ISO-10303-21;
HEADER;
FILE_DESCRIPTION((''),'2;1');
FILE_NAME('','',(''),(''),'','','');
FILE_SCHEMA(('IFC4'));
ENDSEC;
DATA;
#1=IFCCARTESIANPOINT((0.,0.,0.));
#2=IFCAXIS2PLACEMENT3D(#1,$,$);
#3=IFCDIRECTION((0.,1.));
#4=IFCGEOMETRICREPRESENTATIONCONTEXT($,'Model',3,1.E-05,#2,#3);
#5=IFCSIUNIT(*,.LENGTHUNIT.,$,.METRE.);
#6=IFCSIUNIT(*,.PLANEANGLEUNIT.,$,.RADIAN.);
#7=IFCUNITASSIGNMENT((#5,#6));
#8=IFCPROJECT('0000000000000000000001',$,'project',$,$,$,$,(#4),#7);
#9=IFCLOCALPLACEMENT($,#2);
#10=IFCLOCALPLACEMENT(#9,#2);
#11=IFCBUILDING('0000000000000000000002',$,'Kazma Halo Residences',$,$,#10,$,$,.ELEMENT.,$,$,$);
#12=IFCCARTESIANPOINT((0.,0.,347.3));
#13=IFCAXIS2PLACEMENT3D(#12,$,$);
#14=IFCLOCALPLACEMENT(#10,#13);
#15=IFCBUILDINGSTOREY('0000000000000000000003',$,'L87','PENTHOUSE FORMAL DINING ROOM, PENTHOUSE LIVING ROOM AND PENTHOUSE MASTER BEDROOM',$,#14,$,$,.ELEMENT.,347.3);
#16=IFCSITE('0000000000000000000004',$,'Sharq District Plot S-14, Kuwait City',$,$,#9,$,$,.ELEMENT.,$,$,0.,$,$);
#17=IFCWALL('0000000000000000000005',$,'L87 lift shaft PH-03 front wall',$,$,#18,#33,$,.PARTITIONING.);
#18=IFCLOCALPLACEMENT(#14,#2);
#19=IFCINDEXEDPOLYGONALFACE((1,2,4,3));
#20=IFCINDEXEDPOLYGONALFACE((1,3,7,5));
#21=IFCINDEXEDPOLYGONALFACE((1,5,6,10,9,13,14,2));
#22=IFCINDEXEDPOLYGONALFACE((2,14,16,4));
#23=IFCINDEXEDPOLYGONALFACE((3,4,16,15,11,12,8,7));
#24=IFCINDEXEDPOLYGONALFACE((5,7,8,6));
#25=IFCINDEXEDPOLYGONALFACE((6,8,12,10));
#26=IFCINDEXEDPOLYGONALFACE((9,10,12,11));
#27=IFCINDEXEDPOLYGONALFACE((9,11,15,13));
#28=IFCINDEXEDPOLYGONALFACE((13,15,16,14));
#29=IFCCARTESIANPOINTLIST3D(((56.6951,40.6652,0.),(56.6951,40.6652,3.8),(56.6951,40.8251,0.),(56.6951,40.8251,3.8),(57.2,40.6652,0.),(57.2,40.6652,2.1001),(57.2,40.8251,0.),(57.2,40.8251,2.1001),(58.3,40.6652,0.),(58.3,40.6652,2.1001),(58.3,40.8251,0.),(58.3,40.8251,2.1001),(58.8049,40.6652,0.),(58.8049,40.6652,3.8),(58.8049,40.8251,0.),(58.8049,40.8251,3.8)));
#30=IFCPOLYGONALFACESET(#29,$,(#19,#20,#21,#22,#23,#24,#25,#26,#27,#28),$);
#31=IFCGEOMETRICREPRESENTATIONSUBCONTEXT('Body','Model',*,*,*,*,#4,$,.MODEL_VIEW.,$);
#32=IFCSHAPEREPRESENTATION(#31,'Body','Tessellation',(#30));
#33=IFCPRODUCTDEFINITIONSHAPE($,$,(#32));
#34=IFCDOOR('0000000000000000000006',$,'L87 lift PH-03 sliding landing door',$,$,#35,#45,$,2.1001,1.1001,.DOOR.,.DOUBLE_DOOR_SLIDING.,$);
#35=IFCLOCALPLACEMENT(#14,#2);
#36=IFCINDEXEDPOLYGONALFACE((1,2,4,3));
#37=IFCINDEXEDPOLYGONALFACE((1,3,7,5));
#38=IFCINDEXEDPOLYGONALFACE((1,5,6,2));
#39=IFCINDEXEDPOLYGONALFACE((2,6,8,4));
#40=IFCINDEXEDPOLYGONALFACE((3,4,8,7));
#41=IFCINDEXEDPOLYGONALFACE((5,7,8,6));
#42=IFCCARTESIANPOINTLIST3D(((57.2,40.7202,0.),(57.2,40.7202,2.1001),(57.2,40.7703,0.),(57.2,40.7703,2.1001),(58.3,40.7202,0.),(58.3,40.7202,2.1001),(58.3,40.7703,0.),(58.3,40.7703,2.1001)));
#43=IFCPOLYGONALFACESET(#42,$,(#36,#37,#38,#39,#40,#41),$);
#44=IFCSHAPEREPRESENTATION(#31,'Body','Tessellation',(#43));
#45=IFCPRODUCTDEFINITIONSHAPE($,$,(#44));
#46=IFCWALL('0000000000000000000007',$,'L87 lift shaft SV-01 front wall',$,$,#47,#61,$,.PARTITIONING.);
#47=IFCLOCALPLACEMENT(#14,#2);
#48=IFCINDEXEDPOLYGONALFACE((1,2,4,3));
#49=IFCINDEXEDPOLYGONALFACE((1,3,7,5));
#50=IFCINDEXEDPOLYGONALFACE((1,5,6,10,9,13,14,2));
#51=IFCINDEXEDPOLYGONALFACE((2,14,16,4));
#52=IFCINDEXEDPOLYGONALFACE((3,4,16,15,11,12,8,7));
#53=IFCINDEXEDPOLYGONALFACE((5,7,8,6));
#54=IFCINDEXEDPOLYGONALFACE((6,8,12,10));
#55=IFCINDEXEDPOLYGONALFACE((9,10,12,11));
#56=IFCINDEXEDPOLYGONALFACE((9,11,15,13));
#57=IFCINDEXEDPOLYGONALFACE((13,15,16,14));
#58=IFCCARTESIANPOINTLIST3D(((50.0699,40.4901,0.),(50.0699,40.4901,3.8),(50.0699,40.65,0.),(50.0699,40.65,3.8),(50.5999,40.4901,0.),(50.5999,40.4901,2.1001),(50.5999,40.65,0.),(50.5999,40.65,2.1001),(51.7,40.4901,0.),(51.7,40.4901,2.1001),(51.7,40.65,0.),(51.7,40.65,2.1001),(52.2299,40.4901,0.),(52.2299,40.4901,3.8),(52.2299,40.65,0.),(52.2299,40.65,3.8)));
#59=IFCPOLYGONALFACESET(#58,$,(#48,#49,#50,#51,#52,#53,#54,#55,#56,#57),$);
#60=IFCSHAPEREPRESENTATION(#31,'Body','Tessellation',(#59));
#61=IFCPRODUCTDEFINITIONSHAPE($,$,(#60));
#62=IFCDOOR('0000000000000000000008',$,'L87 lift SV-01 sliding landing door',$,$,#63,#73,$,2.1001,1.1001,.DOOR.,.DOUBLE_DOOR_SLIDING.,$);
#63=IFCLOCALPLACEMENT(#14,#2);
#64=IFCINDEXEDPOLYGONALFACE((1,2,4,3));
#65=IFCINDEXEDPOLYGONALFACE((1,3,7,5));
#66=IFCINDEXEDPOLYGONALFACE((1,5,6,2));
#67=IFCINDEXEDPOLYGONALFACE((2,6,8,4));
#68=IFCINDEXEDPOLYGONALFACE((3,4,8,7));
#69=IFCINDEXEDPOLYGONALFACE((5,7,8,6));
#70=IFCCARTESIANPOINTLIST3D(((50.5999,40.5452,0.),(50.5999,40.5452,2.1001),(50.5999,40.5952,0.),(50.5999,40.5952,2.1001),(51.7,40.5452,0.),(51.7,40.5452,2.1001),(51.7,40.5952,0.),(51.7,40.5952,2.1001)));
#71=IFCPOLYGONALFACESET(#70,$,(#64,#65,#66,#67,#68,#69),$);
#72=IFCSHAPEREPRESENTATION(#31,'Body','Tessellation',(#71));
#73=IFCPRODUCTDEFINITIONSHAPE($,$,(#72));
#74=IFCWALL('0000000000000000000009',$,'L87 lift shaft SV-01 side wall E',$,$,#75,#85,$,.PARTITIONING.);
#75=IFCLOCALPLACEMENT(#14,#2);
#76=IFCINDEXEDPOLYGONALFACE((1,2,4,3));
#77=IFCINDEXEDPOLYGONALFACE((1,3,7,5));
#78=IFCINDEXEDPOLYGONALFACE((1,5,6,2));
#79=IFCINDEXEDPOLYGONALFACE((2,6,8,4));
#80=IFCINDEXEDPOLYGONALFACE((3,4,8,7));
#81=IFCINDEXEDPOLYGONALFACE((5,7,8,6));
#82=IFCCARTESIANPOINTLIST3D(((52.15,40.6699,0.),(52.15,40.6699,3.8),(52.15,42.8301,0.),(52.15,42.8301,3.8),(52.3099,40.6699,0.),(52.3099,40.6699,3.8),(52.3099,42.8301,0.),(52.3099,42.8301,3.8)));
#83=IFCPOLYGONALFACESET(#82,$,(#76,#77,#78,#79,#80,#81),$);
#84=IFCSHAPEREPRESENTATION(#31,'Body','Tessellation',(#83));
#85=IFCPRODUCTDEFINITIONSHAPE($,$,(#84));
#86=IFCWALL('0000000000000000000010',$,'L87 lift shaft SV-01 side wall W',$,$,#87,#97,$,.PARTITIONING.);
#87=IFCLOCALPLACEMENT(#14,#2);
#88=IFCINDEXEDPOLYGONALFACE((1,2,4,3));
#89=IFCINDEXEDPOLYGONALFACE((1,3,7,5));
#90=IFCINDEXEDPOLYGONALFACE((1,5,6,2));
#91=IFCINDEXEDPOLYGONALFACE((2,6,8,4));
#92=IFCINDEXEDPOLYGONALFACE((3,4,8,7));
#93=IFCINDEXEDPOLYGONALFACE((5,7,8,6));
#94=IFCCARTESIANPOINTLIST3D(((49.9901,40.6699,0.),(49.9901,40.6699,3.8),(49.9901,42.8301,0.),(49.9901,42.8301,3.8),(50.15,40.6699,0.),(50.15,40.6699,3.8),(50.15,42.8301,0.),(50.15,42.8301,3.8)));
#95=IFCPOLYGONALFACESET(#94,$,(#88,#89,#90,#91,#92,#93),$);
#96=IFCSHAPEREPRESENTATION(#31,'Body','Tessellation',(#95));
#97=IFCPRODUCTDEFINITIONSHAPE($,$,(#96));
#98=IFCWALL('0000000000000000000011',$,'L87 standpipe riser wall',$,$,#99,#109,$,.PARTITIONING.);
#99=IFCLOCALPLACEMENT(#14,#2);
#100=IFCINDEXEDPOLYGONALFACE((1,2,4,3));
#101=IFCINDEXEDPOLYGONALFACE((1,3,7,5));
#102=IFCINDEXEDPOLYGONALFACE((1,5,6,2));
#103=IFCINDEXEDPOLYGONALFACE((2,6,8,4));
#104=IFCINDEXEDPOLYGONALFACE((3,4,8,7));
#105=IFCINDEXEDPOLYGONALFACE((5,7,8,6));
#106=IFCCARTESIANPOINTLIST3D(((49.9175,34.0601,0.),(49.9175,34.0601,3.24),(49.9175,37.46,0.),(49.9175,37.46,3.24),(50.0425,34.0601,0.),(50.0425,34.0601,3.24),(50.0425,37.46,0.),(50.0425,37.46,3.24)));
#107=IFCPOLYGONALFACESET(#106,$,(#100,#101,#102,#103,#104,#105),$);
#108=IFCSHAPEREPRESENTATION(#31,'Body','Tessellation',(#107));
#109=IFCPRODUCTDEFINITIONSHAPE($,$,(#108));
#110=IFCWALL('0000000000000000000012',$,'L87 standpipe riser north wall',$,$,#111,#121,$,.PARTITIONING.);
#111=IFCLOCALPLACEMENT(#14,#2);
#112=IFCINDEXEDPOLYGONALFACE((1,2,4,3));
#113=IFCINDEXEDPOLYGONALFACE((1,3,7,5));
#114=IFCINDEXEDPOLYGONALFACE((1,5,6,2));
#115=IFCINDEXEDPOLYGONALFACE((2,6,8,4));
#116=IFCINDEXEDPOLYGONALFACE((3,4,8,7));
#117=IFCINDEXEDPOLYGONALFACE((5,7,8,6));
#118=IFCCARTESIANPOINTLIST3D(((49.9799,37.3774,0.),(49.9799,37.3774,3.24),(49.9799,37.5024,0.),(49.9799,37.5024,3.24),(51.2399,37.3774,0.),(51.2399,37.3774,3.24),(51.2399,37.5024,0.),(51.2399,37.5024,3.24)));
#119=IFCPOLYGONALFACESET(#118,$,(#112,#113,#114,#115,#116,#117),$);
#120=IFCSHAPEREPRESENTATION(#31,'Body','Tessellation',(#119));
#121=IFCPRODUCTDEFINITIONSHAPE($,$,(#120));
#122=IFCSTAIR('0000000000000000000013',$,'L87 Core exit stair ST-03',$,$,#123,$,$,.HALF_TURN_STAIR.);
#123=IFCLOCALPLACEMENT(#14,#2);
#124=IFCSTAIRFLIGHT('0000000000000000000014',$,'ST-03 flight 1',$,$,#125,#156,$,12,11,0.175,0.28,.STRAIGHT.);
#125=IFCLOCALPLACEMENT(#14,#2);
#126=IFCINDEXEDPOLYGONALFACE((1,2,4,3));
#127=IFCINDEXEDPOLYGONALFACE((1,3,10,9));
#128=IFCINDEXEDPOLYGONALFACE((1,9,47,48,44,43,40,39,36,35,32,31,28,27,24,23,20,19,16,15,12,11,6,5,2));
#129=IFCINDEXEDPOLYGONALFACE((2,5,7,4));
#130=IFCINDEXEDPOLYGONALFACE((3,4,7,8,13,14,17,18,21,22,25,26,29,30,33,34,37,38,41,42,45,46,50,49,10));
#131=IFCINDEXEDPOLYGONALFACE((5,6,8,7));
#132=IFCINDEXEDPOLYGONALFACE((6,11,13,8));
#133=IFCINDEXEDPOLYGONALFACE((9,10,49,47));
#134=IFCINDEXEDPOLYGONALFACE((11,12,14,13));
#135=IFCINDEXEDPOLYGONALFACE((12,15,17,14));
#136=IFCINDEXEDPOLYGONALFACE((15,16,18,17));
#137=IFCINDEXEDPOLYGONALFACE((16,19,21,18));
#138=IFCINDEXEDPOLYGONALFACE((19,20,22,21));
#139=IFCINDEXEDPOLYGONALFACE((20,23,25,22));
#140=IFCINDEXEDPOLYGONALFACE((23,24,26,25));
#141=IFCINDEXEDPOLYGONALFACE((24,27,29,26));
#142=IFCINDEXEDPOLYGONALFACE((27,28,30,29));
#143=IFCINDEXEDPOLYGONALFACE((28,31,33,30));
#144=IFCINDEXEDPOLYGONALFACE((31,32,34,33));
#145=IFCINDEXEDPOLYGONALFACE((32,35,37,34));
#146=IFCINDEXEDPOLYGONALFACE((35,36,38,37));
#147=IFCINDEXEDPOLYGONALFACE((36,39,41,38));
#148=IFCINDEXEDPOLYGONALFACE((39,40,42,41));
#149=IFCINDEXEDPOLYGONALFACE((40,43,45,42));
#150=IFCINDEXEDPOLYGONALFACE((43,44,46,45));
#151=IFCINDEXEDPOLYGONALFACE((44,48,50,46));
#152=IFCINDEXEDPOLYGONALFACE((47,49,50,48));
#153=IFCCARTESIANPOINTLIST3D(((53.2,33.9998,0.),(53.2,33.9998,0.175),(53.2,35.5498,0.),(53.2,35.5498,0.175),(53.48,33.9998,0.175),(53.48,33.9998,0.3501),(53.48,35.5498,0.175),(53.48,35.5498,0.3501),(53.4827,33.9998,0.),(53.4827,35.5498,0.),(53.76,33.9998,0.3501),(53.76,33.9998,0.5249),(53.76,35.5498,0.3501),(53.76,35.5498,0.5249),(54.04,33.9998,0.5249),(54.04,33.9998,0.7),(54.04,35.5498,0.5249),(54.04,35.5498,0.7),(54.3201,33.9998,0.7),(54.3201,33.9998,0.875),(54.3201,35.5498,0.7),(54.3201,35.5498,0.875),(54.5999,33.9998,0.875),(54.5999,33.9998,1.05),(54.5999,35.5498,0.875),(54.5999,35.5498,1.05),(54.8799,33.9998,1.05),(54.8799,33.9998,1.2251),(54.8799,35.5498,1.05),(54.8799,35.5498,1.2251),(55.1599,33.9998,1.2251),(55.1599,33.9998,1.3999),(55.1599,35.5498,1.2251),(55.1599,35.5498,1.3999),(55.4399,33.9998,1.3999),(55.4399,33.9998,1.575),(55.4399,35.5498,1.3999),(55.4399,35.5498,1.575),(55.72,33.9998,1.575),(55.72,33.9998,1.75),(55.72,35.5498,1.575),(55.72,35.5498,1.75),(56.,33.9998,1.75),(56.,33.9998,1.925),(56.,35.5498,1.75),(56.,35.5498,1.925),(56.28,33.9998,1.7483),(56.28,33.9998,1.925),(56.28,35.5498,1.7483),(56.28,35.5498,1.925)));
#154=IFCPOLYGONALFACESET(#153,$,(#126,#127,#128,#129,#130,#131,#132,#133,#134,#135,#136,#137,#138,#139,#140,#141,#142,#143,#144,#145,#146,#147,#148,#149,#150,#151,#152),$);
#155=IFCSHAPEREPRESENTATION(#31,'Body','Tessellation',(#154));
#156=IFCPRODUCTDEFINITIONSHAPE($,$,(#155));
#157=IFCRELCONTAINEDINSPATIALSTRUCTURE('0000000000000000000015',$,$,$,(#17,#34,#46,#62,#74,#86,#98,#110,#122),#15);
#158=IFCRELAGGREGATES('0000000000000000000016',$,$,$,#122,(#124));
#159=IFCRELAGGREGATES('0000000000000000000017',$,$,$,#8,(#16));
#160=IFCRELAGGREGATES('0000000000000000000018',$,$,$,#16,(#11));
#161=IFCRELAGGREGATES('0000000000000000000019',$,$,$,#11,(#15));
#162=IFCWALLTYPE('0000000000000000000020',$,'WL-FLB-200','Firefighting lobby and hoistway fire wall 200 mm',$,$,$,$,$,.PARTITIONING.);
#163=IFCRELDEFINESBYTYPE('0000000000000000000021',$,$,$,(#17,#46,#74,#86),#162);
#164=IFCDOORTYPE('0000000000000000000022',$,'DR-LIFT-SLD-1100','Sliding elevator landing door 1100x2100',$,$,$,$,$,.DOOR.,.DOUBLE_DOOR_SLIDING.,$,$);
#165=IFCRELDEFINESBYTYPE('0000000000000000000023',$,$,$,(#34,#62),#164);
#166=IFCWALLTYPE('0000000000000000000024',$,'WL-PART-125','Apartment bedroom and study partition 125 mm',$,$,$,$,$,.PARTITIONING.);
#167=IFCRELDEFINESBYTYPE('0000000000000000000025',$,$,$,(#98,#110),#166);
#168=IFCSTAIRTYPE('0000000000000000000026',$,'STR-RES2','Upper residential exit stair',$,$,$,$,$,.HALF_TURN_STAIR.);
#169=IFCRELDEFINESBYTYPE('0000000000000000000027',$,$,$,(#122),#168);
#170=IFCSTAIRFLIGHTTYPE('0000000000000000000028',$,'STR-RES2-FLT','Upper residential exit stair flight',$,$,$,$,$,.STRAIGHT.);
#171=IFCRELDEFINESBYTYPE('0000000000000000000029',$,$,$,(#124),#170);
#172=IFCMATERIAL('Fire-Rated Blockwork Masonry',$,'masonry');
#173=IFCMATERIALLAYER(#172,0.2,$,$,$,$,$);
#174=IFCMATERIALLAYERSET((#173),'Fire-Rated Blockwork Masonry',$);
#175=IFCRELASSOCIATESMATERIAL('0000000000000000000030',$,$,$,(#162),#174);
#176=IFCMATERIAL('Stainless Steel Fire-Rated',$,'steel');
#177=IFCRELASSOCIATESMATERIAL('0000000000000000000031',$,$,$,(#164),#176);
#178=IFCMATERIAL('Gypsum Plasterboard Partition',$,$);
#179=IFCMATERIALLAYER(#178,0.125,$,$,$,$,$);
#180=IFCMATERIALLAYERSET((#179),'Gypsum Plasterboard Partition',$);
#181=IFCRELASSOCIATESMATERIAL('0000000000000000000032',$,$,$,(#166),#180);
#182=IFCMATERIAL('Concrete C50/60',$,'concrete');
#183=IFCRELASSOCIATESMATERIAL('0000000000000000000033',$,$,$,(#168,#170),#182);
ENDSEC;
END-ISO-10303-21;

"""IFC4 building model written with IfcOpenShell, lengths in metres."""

from ifc_helpers import new_model, si_unit, direction, frame, frame_2d, origin, place, context, subcontext, project, spatial, polyline, rectangle, outline, extrude, material, layer, layer_set, type_object, element, fill, aggregate, save


model = new_model("IFC4")

# Units and contexts
model_context = context("Model", 3, precision=1e-05, world=origin(), true_north=direction((0.0, 1.0)))
body_context = subcontext(model_context, "Body", "Model", "MODEL_VIEW")
ifc_project = project(units=[si_unit("LENGTHUNIT", "METRE"), si_unit("PLANEANGLEUNIT", "RADIAN")], contexts=[model_context])

# Site, building, storey
site_placement = place(None, origin())
site = spatial("IfcSite", under=ifc_project, at=site_placement, Name="Sharq District Plot S-14, Kuwait City", CompositionType="ELEMENT", RefElevation=0.0)
building_placement = place(site_placement, origin())
building = spatial("IfcBuilding", under=site, at=building_placement, Name="Kazma Halo Residences", CompositionType="ELEMENT")
storey_placement = place(building_placement, frame((0.0, 0.0, 347.3)))
storey = spatial("IfcBuildingStorey", under=building, at=storey_placement, Name="L87", Description="PENTHOUSE FORMAL DINING ROOM, PENTHOUSE LIVING ROOM AND PENTHOUSE MASTER BEDROOM", CompositionType="ELEMENT", Elevation=347.3)

# Shared definitions
ifc_material_1 = material(Name="Fire-Rated Blockwork Masonry", Category="masonry")
ifc_layer_1 = layer(ifc_material_1, 0.2)
ifc_layer_set_1 = layer_set([ifc_layer_1], Name="Fire-Rated Blockwork Masonry")
wall_type_1 = type_object("IfcWallType", Name="WL-FLB-200", Description="Firefighting lobby and hoistway fire wall 200 mm", PredefinedType="PARTITIONING", material=ifc_layer_set_1)
ifc_material_2 = material(Name="Stainless Steel Fire-Rated", Category="steel")
door_type_1 = type_object("IfcDoorType", Name="DR-LIFT-SLD-1100", Description="Sliding elevator landing door 1100x2100", OperationType="DOUBLE_DOOR_SLIDING", PredefinedType="DOOR", material=ifc_material_2)

# Walls, openings, doors
wall_1_placement = place(storey_placement, frame((58.8049, 40.7451, 0.0), z_axis=(0.0, 0.0, 1.0), x_axis=(-1.0, 0.0, 0.0)))
wall_1 = element("IfcWall", 1, at=wall_1_placement, inside=storey, type_object=wall_type_1, Name="L87 lift shaft PH-03 front wall", PredefinedType="PARTITIONING", context=body_context, shape_type="SweptSolid", body=[
    extrude(rectangle(XDim=2.1099, YDim=0.1599, at=frame_2d((1.0549, 0.0))), origin(), (0.0, 0.0, 1.0), 3.8),
])
opening_1_placement = place(wall_1_placement, frame((0.5049, 0.0, 0.0)))
opening_1 = element("IfcOpeningElement", 2, at=opening_1_placement, cuts=wall_1, PredefinedType="OPENING", context=body_context, shape_type="SweptSolid", body=[
    extrude(rectangle(XDim=1.1001, YDim=2.1001, at=frame_2d((0.55, 1.05))), frame((0.0, 0.0898, 0.0), z_axis=(0.0, -1.0, 0.0), x_axis=(1.0, 0.0, 0.0)), (0.0, 0.0, 1.0), 0.1799),
])
door_1_placement = place(opening_1_placement, origin())
door_1 = element("IfcDoor", 3, at=door_1_placement, inside=storey, type_object=door_type_1, Name="L87 lift PH-03 sliding landing door", OperationType="DOUBLE_DOOR_SLIDING", OverallHeight=2.1001, OverallWidth=1.1001, PredefinedType="DOOR", context=body_context, shape_type="SweptSolid", body=[
    extrude(rectangle(XDim=1.1001, YDim=2.1001, at=frame_2d((0.55, 1.05))), frame((0.0, 0.0249, 0.0), z_axis=(0.0, -1.0, 0.0), x_axis=(1.0, 0.0, 0.0)), (0.0, 0.0, 1.0), 0.05),
])
fill(opening_1, door_1)
wall_2_placement = place(storey_placement, frame((52.23, 40.5701, 0.0), z_axis=(0.0, 0.0, 1.0), x_axis=(-1.0, 0.0, 0.0)))
wall_2 = element("IfcWall", 4, at=wall_2_placement, inside=storey, type_object=wall_type_1, Name="L87 lift shaft SV-01 front wall", PredefinedType="PARTITIONING", context=body_context, shape_type="SweptSolid", body=[
    extrude(rectangle(XDim=2.1599, YDim=0.1599, at=frame_2d((1.0801, 0.0))), origin(), (0.0, 0.0, 1.0), 3.8),
])
opening_2_placement = place(wall_2_placement, frame((0.53, 0.0, 0.0)))
opening_2 = element("IfcOpeningElement", 5, at=opening_2_placement, cuts=wall_2, PredefinedType="OPENING", context=body_context, shape_type="SweptSolid", body=[
    extrude(rectangle(XDim=1.1001, YDim=2.1001, at=frame_2d((0.55, 1.05))), frame((0.0, 0.0898, 0.0), z_axis=(0.0, -1.0, 0.0), x_axis=(1.0, 0.0, 0.0)), (0.0, 0.0, 1.0), 0.1799),
])
door_2_placement = place(opening_2_placement, origin())
door_2 = element("IfcDoor", 6, at=door_2_placement, inside=storey, type_object=door_type_1, Name="L87 lift SV-01 sliding landing door", OperationType="DOUBLE_DOOR_SLIDING", OverallHeight=2.1001, OverallWidth=1.1001, PredefinedType="DOOR", context=body_context, shape_type="SweptSolid", body=[
    extrude(rectangle(XDim=1.1001, YDim=2.1001, at=frame_2d((0.55, 1.05))), frame((0.0, 0.0249, 0.0), z_axis=(0.0, -1.0, 0.0), x_axis=(1.0, 0.0, 0.0)), (0.0, 0.0, 1.0), 0.05),
])
fill(opening_2, door_2)

# Walls
for number, where, z_axis, x_axis, name in (
    (7, (52.23, 40.6699, 0.0), (0.0, 0.0, 1.0), (0.0, 1.0, 0.0), "L87 lift shaft SV-01 side wall E"),
    (8, (50.0701, 40.6699, 0.0), (0.0, 0.0, 1.0), (0.0, 1.0, 0.0), "L87 lift shaft SV-01 side wall W"),
):
    element("IfcWall", number, at=place(storey_placement, frame(where, z_axis=z_axis, x_axis=x_axis)), inside=storey, type_object=wall_type_1, Name=name, PredefinedType="PARTITIONING", context=body_context, shape_type="SweptSolid", body=[
        extrude(rectangle(XDim=2.1602, YDim=0.1599, at=frame_2d((1.0801, 0.0))), origin(), (0.0, 0.0, 1.0), 3.8),
    ])
ifc_material_3 = material(Name="Gypsum Plasterboard Partition")
ifc_layer_2 = layer(ifc_material_3, 0.125)
ifc_layer_set_2 = layer_set([ifc_layer_2], Name="Gypsum Plasterboard Partition")
wall_type_2 = type_object("IfcWallType", Name="WL-PART-125", Description="Apartment bedroom and study partition 125 mm", PredefinedType="PARTITIONING", material=ifc_layer_set_2)
wall_3_placement = place(storey_placement, frame((49.98, 34.0601, 0.0), z_axis=(0.0, 0.0, 1.0), x_axis=(0.0, 1.0, 0.0)))
element("IfcWall", 9, at=wall_3_placement, inside=storey, type_object=wall_type_2, Name="L87 standpipe riser wall", PredefinedType="PARTITIONING", context=body_context, shape_type="SweptSolid", body=[
    extrude(rectangle(XDim=3.3999, YDim=0.125, at=frame_2d((1.7, 0.0))), origin(), (0.0, 0.0, 1.0), 3.24),
])
wall_4_placement = place(storey_placement, frame((49.98, 37.4399, 0.0), z_axis=(0.0, 0.0, 1.0), x_axis=(1.0, 0.0, 0.0)))
element("IfcWall", 10, at=wall_4_placement, inside=storey, type_object=wall_type_2, Name="L87 standpipe riser north wall", PredefinedType="PARTITIONING", context=body_context, shape_type="SweptSolid", body=[
    extrude(rectangle(XDim=1.26, YDim=0.125, at=frame_2d((0.6299, 0.0))), origin(), (0.0, 0.0, 1.0), 3.24),
])

# Shared definitions
ifc_material_4 = material(Name="Concrete C50/60", Category="concrete")

# Stair, stair flight
stair_type = type_object("IfcStairType", Name="STR-RES2", Description="Upper residential exit stair", PredefinedType="HALF_TURN_STAIR", material=ifc_material_4)
stair_placement = place(storey_placement, origin())
stair = element("IfcStair", 11, at=stair_placement, inside=storey, type_object=stair_type, Name="L87 Core exit stair ST-03", PredefinedType="HALF_TURN_STAIR")
stair_flight_type = type_object("IfcStairFlightType", Name="STR-RES2-FLT", Description="Upper residential exit stair flight", PredefinedType="STRAIGHT", material=ifc_material_4)
stair_flight_1_placement = place(storey_placement, frame((53.2, 34.7749, 0.0), z_axis=(0.0, 0.0, 1.0), x_axis=(1.0, 0.0, 0.0)))
stair_flight_1 = element("IfcStairFlight", 12, at=stair_flight_1_placement, type_object=stair_flight_type, Name="ST-03 flight 1", NumberOfRisers=12, NumberOfTreads=11, PredefinedType="STRAIGHT", RiserHeight=0.175, TreadLength=0.28, context=body_context, shape_type="SweptSolid", body=[
    extrude(outline(polyline([(0.0, 0.0), (0.0, 0.175), (0.28, 0.175), (0.28, 0.3501), (0.5601, 0.3501), (0.5601, 0.5249), (0.8401, 0.5249), (0.8401, 0.7), (1.1201, 0.7), (1.1201, 0.875), (1.3999, 0.875), (1.3999, 1.05), (1.6799, 1.05), (1.6799, 1.2251), (1.96, 1.2251), (1.96, 1.3999), (2.24, 1.3999), (2.24, 1.575), (2.52, 1.575), (2.52, 1.75), (2.8, 1.75), (2.8, 1.925), (3.0801, 1.925), (3.0801, 2.1001), (3.0801, 1.7483), (0.2827, 0.0), (0.0, 0.0)])), frame((0.0, 0.7749, 0.0), z_axis=(0.0, -1.0, 0.0), x_axis=(1.0, 0.0, 0.0)), (0.0, 0.0, 1.0), 1.55),
])
aggregate(stair, [stair_flight_1])

save(model, "model.ifc")
